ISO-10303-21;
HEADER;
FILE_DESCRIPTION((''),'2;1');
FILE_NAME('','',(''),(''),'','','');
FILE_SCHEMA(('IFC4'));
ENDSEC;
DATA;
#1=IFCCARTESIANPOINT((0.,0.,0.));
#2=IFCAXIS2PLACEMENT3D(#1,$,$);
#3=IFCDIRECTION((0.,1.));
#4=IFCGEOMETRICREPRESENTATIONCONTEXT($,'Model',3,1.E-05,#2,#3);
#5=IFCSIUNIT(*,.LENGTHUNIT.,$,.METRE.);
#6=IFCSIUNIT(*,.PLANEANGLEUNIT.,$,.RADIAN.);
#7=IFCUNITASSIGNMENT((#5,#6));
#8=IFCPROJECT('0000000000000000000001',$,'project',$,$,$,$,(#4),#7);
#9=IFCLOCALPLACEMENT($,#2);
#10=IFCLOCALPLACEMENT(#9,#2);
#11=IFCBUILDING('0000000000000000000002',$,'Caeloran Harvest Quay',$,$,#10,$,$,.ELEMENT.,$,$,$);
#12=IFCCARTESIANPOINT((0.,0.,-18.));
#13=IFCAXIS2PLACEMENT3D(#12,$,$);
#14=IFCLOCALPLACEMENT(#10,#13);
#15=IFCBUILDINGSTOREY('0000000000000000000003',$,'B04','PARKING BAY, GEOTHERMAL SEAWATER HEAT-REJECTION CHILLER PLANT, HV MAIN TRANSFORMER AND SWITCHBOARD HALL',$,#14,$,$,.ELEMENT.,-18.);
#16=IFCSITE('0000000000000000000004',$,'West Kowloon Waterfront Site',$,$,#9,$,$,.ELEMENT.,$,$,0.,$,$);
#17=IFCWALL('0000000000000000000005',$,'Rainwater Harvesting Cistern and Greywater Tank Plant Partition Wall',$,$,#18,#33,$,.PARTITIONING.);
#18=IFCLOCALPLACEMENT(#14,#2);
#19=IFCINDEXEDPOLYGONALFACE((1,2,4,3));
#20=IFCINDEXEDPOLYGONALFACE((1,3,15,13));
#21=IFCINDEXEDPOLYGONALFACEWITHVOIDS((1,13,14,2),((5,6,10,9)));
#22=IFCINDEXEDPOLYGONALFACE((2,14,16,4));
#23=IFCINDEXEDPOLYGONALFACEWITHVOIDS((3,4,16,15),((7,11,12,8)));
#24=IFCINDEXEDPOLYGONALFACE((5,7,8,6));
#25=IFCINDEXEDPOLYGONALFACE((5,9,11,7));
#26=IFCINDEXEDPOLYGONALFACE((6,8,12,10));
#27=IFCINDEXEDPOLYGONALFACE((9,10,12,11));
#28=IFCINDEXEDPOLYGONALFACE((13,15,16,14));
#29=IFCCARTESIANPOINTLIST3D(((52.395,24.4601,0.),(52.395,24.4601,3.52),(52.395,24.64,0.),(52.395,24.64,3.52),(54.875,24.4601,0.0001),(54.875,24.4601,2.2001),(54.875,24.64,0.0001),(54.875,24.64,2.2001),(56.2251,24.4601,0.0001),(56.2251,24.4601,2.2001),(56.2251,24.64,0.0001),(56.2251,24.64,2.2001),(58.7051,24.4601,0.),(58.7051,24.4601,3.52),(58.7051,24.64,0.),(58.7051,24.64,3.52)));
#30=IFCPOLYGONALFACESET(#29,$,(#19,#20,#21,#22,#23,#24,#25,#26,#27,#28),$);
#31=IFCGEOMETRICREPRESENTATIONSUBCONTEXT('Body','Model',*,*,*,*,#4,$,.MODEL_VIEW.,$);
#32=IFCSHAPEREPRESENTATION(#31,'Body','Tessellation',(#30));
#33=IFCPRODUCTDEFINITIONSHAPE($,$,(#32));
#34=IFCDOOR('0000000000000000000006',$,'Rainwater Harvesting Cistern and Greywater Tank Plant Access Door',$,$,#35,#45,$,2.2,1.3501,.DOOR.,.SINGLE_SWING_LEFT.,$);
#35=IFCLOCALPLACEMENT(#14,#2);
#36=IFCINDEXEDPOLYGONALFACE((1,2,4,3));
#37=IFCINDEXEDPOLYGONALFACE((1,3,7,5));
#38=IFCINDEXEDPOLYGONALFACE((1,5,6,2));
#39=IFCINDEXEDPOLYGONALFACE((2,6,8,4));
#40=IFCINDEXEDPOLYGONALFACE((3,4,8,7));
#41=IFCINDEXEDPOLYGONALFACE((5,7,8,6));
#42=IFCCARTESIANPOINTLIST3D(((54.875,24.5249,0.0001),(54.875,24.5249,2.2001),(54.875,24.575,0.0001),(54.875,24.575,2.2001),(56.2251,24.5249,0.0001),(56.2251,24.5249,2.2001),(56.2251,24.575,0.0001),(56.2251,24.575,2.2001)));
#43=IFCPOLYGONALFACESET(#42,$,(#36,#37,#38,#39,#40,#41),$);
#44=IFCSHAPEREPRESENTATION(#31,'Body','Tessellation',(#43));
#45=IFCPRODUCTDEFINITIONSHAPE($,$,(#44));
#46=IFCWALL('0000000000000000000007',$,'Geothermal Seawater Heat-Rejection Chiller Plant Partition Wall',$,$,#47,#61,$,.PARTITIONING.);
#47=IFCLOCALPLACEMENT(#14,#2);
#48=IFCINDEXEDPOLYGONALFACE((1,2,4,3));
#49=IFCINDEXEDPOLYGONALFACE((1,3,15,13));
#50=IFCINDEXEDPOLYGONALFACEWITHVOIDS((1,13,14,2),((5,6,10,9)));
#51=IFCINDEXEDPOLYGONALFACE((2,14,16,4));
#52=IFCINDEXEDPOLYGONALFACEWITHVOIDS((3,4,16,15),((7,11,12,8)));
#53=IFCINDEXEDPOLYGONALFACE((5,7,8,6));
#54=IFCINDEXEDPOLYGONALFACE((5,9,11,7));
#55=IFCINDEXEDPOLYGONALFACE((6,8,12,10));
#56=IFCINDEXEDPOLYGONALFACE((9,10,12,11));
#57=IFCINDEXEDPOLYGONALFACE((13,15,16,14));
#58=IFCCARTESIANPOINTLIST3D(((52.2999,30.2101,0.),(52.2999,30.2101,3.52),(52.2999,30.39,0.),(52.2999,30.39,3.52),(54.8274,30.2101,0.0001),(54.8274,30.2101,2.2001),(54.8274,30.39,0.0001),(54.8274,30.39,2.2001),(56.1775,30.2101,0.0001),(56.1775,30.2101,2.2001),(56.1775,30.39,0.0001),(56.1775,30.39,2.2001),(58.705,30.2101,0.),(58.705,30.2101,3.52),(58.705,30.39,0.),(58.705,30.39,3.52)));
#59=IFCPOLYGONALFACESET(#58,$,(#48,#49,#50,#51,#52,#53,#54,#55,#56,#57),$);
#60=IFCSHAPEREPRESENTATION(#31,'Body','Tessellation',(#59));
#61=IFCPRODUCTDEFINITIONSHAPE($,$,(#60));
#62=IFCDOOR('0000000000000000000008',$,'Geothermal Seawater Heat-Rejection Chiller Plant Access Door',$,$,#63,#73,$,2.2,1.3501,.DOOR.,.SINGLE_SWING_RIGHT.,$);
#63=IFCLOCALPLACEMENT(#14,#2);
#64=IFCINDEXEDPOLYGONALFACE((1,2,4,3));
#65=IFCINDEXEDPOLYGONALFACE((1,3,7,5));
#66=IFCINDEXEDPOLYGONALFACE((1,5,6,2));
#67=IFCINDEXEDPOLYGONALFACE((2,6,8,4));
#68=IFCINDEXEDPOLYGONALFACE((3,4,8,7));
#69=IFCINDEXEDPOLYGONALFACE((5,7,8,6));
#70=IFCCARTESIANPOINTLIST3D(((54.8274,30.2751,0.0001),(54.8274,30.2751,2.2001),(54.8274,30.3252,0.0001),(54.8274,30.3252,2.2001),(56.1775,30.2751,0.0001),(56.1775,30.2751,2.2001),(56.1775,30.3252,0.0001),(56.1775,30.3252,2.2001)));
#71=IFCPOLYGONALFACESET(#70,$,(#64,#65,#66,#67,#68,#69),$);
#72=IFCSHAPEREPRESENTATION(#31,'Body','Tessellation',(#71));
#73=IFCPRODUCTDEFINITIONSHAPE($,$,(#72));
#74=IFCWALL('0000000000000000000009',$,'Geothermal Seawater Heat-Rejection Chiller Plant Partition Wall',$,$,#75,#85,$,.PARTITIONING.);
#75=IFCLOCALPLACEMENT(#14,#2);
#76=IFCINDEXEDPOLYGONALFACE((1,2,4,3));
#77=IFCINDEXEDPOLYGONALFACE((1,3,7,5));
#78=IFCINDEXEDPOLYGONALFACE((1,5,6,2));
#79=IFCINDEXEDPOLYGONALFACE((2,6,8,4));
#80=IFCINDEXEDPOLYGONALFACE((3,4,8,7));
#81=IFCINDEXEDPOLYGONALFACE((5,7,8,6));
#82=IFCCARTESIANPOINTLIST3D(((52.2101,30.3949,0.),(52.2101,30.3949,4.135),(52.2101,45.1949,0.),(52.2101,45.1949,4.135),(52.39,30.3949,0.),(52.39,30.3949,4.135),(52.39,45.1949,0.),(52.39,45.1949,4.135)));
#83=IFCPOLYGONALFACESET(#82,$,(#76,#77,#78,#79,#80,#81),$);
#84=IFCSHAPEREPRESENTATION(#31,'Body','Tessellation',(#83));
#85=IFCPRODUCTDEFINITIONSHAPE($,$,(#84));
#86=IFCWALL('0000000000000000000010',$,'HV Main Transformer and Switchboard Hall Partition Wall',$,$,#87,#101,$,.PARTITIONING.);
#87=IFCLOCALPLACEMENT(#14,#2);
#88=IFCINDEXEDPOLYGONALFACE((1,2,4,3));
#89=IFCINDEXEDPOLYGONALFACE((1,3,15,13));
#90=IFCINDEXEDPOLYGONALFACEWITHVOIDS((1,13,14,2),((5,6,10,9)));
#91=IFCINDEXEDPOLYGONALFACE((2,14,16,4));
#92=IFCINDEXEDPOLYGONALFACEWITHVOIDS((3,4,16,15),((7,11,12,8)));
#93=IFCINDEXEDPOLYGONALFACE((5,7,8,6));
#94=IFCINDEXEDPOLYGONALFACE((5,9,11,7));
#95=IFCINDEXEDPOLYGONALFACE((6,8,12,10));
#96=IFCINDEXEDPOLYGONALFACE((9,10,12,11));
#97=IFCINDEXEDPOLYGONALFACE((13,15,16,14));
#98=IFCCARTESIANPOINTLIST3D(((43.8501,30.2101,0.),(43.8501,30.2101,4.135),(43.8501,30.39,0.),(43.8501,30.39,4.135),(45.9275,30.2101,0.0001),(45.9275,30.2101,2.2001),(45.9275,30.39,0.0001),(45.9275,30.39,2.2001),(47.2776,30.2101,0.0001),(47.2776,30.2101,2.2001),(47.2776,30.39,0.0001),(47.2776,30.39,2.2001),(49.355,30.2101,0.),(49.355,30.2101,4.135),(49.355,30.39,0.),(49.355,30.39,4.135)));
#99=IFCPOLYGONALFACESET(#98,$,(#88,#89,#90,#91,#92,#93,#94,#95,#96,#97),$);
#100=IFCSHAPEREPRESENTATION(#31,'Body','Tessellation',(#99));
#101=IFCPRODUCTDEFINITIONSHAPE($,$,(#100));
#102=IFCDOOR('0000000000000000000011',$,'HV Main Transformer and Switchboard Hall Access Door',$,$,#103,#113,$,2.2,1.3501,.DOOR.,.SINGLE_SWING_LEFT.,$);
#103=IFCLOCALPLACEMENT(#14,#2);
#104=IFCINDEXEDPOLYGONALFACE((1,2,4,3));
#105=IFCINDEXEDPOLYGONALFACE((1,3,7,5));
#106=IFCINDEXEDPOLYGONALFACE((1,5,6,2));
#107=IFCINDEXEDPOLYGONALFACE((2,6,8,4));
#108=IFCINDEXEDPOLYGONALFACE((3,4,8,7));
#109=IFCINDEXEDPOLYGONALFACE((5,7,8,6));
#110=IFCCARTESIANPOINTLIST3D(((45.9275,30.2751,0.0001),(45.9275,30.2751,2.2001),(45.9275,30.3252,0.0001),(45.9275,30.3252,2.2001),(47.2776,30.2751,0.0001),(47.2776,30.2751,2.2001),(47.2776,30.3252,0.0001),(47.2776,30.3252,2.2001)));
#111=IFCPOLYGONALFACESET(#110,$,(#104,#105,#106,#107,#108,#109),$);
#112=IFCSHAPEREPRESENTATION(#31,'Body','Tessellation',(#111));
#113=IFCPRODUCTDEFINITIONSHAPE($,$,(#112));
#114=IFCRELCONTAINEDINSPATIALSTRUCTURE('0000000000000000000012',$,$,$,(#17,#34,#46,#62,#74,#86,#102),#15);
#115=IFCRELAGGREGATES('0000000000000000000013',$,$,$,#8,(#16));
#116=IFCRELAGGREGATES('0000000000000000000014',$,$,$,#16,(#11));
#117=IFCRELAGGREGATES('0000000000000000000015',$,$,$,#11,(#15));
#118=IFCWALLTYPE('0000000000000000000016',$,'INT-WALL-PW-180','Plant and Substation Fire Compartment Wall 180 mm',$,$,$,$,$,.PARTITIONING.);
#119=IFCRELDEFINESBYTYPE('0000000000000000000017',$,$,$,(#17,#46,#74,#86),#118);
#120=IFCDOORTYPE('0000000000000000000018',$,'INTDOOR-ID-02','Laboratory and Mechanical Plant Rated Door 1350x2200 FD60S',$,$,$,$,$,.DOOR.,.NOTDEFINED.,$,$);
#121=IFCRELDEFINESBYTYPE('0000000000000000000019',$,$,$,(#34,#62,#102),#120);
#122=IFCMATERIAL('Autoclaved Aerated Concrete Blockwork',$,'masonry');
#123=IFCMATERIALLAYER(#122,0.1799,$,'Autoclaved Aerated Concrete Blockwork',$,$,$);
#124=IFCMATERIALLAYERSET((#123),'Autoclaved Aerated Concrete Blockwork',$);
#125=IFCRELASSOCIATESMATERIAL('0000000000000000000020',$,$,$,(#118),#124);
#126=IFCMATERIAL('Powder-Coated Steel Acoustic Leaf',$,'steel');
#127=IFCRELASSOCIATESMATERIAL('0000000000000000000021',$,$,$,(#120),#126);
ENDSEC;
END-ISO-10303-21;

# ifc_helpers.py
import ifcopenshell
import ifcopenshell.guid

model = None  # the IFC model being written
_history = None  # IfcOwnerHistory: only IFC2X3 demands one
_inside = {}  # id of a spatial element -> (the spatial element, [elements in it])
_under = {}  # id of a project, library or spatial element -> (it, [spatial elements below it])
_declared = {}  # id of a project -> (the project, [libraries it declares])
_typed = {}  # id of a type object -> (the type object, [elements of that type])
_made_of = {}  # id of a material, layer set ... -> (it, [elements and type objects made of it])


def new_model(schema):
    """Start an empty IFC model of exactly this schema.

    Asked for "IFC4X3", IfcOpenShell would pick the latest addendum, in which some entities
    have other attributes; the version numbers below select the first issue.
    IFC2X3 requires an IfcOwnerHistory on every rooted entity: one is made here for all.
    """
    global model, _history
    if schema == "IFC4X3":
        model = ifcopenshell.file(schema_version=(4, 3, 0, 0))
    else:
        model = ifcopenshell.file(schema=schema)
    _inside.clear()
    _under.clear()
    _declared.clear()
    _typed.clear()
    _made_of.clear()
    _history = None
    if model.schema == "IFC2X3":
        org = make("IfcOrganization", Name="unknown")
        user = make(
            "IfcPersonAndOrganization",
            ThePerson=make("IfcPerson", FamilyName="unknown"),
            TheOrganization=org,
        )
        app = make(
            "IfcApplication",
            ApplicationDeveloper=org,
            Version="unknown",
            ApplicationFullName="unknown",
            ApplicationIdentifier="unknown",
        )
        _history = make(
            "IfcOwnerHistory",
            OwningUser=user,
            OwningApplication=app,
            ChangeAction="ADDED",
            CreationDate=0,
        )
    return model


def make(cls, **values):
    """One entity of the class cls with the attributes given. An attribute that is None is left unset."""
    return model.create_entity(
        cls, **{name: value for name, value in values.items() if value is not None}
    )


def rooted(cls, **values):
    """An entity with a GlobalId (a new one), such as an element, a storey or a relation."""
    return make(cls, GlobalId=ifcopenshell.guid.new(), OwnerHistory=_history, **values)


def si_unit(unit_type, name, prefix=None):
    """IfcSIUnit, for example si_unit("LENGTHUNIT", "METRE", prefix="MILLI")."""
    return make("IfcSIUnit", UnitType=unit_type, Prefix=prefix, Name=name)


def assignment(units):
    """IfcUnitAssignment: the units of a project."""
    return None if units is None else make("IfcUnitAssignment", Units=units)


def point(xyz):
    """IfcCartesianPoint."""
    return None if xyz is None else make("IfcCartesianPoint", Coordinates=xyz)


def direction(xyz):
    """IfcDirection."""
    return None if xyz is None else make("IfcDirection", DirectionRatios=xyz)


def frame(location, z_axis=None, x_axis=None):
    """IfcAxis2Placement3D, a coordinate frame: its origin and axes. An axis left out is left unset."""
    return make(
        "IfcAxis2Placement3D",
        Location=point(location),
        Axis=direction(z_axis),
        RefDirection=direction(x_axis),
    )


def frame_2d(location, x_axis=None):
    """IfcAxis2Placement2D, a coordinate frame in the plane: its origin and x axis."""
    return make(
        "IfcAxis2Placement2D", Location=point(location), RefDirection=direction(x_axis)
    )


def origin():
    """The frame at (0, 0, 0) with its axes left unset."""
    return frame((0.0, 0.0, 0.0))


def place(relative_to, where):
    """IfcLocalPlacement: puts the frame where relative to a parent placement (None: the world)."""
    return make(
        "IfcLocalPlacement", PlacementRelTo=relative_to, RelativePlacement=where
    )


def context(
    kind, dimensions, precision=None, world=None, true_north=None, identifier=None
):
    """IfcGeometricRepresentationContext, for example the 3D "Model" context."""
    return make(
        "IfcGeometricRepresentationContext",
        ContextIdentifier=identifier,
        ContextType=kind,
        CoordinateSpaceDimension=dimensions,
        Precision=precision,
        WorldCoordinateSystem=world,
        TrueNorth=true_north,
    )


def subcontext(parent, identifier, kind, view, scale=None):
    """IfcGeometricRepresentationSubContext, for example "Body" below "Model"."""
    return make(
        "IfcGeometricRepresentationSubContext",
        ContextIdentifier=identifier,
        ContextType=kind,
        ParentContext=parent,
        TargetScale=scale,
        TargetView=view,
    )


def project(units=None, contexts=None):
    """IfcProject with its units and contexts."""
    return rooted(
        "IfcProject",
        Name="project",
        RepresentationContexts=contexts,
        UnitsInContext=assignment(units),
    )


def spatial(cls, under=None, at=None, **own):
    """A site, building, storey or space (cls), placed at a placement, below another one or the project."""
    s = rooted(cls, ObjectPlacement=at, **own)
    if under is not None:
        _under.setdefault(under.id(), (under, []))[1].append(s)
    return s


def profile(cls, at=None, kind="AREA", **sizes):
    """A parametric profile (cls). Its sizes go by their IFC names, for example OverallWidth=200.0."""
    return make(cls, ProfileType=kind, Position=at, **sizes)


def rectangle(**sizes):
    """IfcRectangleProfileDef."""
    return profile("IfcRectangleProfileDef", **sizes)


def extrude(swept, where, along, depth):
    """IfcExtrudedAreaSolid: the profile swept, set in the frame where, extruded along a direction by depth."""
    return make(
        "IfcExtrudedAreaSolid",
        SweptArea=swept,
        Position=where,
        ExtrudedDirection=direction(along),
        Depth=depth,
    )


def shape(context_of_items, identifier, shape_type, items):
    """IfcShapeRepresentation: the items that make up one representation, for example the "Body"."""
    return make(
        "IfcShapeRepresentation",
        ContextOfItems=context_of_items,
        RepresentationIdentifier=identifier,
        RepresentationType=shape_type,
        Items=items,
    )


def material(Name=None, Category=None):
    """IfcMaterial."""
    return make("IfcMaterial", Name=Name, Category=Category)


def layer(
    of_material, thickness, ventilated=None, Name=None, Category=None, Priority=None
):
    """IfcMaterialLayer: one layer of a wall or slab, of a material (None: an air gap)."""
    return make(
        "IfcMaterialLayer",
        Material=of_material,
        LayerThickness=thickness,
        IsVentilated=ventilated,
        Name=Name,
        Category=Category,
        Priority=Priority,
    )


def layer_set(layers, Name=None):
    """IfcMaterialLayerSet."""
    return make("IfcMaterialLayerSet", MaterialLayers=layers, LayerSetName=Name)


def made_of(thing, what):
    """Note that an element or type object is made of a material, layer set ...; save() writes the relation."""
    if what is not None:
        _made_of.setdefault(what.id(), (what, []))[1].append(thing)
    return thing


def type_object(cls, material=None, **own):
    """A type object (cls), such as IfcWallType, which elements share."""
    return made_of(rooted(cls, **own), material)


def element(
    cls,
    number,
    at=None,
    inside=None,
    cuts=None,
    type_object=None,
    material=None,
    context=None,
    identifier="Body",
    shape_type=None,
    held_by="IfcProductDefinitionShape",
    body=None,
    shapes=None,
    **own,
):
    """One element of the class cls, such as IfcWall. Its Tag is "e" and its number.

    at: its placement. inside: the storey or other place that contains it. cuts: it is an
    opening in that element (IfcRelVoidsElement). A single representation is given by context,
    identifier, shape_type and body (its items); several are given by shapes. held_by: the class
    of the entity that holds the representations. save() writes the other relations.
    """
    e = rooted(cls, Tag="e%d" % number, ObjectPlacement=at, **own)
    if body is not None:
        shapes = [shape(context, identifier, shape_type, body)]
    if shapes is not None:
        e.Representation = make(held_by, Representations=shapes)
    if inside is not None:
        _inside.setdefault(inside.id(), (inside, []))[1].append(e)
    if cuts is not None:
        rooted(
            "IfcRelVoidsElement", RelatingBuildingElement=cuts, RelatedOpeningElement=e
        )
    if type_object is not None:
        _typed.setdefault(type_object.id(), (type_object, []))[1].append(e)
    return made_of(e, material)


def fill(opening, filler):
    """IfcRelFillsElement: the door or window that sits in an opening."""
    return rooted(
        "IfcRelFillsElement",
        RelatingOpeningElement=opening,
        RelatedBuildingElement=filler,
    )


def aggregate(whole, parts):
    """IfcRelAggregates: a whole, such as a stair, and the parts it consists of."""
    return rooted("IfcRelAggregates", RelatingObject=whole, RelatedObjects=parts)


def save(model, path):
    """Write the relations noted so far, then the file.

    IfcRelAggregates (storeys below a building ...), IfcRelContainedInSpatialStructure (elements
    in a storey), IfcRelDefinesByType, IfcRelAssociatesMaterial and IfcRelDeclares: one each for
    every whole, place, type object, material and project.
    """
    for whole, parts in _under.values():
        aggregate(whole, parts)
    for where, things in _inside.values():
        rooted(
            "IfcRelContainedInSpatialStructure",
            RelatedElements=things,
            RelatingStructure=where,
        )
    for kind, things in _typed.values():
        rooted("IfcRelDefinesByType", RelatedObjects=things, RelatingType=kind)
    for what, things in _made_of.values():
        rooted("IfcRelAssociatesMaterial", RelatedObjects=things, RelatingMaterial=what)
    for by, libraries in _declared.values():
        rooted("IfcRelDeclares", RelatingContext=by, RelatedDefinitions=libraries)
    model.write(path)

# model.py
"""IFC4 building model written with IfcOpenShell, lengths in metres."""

from ifc_helpers import new_model, si_unit, direction, frame, frame_2d, origin, place, context, subcontext, project, spatial, rectangle, extrude, material, layer, layer_set, type_object, element, fill, save


model = new_model("IFC4")

# Units and contexts
model_context = context("Model", 3, precision=1e-05, world=origin(), true_north=direction((0.0, 1.0)))
body_context = subcontext(model_context, "Body", "Model", "MODEL_VIEW")
ifc_project = project(units=[si_unit("LENGTHUNIT", "METRE"), si_unit("PLANEANGLEUNIT", "RADIAN")], contexts=[model_context])

# Site, building, storey
site_placement = place(None, origin())
site = spatial("IfcSite", under=ifc_project, at=site_placement, Name="West Kowloon Waterfront Site", CompositionType="ELEMENT", RefElevation=0.0)
building_placement = place(site_placement, origin())
building = spatial("IfcBuilding", under=site, at=building_placement, Name="Caeloran Harvest Quay", CompositionType="ELEMENT")
storey_placement = place(building_placement, frame((0.0, 0.0, -18.0)))
storey = spatial("IfcBuildingStorey", under=building, at=storey_placement, Name="B04", Description="PARKING BAY, GEOTHERMAL SEAWATER HEAT-REJECTION CHILLER PLANT, HV MAIN TRANSFORMER AND SWITCHBOARD HALL", CompositionType="ELEMENT", Elevation=-18.0)

# Shared definitions
ifc_material_1 = material(Name="Autoclaved Aerated Concrete Blockwork", Category="masonry")
ifc_layer = layer(ifc_material_1, 0.1799, Name="Autoclaved Aerated Concrete Blockwork")
ifc_layer_set = layer_set([ifc_layer], Name="Autoclaved Aerated Concrete Blockwork")
wall_type = type_object("IfcWallType", Name="INT-WALL-PW-180", Description="Plant and Substation Fire Compartment Wall 180 mm", PredefinedType="PARTITIONING", material=ifc_layer_set)

# Walls, openings, doors
wall_1_placement = place(storey_placement, frame((52.395, 24.55, 0.0), z_axis=(0.0, 0.0, 1.0), x_axis=(1.0, 0.0, 0.0)))
wall_1 = element("IfcWall", 1, at=wall_1_placement, inside=storey, type_object=wall_type, Name="Rainwater Harvesting Cistern and Greywater Tank Plant Partition Wall", PredefinedType="PARTITIONING", context=body_context, shape_type="SweptSolid", body=[
    extrude(rectangle(XDim=6.3101, YDim=0.1799, at=frame_2d((3.155, 0.0))), origin(), (0.0, 0.0, 1.0), 3.52),
])
opening_1_placement = place(wall_1_placement, frame((2.48, 0.0, 0.0)))
opening_1 = element("IfcOpeningElement", 2, at=opening_1_placement, cuts=wall_1, PredefinedType="OPENING", context=body_context, shape_type="SweptSolid", body=[
    extrude(rectangle(XDim=1.3501, YDim=2.2, at=frame_2d((0.675, 1.1001))), frame((0.0, 0.1001, 0.0), z_axis=(0.0, -1.0, 0.0), x_axis=(1.0, 0.0, 0.0)), (0.0, 0.0, 1.0), 0.2),
])
ifc_material_2 = material(Name="Powder-Coated Steel Acoustic Leaf", Category="steel")
door_type = type_object("IfcDoorType", Name="INTDOOR-ID-02", Description="Laboratory and Mechanical Plant Rated Door 1350x2200 FD60S", OperationType="NOTDEFINED", PredefinedType="DOOR", material=ifc_material_2)
door_1_placement = place(opening_1_placement, origin())
door_1 = element("IfcDoor", 3, at=door_1_placement, inside=storey, type_object=door_type, Name="Rainwater Harvesting Cistern and Greywater Tank Plant Access Door", OperationType="SINGLE_SWING_LEFT", OverallHeight=2.2, OverallWidth=1.3501, PredefinedType="DOOR", context=body_context, shape_type="SweptSolid", body=[
    extrude(rectangle(XDim=1.3501, YDim=2.2, at=frame_2d((0.675, 1.1001))), frame((0.0, 0.0249, 0.0), z_axis=(0.0, -1.0, 0.0), x_axis=(1.0, 0.0, 0.0)), (0.0, 0.0, 1.0), 0.05),
])
fill(opening_1, door_1)
wall_2_placement = place(storey_placement, frame((58.7051, 30.3, 0.0), z_axis=(0.0, 0.0, 1.0), x_axis=(-1.0, 0.0, 0.0)))
wall_2 = element("IfcWall", 4, at=wall_2_placement, inside=storey, type_object=wall_type, Name="Geothermal Seawater Heat-Rejection Chiller Plant Partition Wall", PredefinedType="PARTITIONING", context=body_context, shape_type="SweptSolid", body=[
    extrude(rectangle(XDim=6.405, YDim=0.1799, at=frame_2d((3.2026, 0.0))), origin(), (0.0, 0.0, 1.0), 3.52),
])
opening_2_placement = place(wall_2_placement, frame((2.5276, 0.0, 0.0)))
opening_2 = element("IfcOpeningElement", 5, at=opening_2_placement, cuts=wall_2, PredefinedType="OPENING", context=body_context, shape_type="SweptSolid", body=[
    extrude(rectangle(XDim=1.3501, YDim=2.2, at=frame_2d((0.675, 1.1001))), frame((0.0, 0.1001, 0.0), z_axis=(0.0, -1.0, 0.0), x_axis=(1.0, 0.0, 0.0)), (0.0, 0.0, 1.0), 0.2),
])
door_2_placement = place(opening_2_placement, origin())
door_2 = element("IfcDoor", 6, at=door_2_placement, inside=storey, type_object=door_type, Name="Geothermal Seawater Heat-Rejection Chiller Plant Access Door", OperationType="SINGLE_SWING_RIGHT", OverallHeight=2.2, OverallWidth=1.3501, PredefinedType="DOOR", context=body_context, shape_type="SweptSolid", body=[
    extrude(rectangle(XDim=1.3501, YDim=2.2, at=frame_2d((0.675, 1.1001))), frame((0.0, 0.0249, 0.0), z_axis=(0.0, -1.0, 0.0), x_axis=(1.0, 0.0, 0.0)), (0.0, 0.0, 1.0), 0.05),
])
fill(opening_2, door_2)

# Wall
wall_3_placement = place(storey_placement, frame((52.3, 30.395, 0.0), z_axis=(0.0, 0.0, 1.0), x_axis=(0.0, 1.0, 0.0)))
element("IfcWall", 7, at=wall_3_placement, inside=storey, type_object=wall_type, Name="Geothermal Seawater Heat-Rejection Chiller Plant Partition Wall", PredefinedType="PARTITIONING", context=body_context, shape_type="SweptSolid", body=[
    extrude(rectangle(XDim=14.8, YDim=0.1799, at=frame_2d((7.3999, 0.0))), origin(), (0.0, 0.0, 1.0), 4.135),
])

# Wall, opening, door
wall_4_placement = place(storey_placement, frame((49.355, 30.3, 0.0), z_axis=(0.0, 0.0, 1.0), x_axis=(-1.0, 0.0, 0.0)))
wall_4 = element("IfcWall", 8, at=wall_4_placement, inside=storey, type_object=wall_type, Name="HV Main Transformer and Switchboard Hall Partition Wall", PredefinedType="PARTITIONING", context=body_context, shape_type="SweptSolid", body=[
    extrude(rectangle(XDim=5.5049, YDim=0.1799, at=frame_2d((2.7524, 0.0))), origin(), (0.0, 0.0, 1.0), 4.135),
])
opening_3_placement = place(wall_4_placement, frame((2.0774, 0.0, 0.0)))
opening_3 = element("IfcOpeningElement", 9, at=opening_3_placement, cuts=wall_4, PredefinedType="OPENING", context=body_context, shape_type="SweptSolid", body=[
    extrude(rectangle(XDim=1.3501, YDim=2.2, at=frame_2d((0.675, 1.1001))), frame((0.0, 0.1001, 0.0), z_axis=(0.0, -1.0, 0.0), x_axis=(1.0, 0.0, 0.0)), (0.0, 0.0, 1.0), 0.2),
])
door_3_placement = place(opening_3_placement, origin())
door_3 = element("IfcDoor", 10, at=door_3_placement, inside=storey, type_object=door_type, Name="HV Main Transformer and Switchboard Hall Access Door", OperationType="SINGLE_SWING_LEFT", OverallHeight=2.2, OverallWidth=1.3501, PredefinedType="DOOR", context=body_context, shape_type="SweptSolid", body=[
    extrude(rectangle(XDim=1.3501, YDim=2.2, at=frame_2d((0.675, 1.1001))), frame((0.0, 0.0249, 0.0), z_axis=(0.0, -1.0, 0.0), x_axis=(1.0, 0.0, 0.0)), (0.0, 0.0, 1.0), 0.05),
])
fill(opening_3, door_3)

save(model, "model.ifc")
